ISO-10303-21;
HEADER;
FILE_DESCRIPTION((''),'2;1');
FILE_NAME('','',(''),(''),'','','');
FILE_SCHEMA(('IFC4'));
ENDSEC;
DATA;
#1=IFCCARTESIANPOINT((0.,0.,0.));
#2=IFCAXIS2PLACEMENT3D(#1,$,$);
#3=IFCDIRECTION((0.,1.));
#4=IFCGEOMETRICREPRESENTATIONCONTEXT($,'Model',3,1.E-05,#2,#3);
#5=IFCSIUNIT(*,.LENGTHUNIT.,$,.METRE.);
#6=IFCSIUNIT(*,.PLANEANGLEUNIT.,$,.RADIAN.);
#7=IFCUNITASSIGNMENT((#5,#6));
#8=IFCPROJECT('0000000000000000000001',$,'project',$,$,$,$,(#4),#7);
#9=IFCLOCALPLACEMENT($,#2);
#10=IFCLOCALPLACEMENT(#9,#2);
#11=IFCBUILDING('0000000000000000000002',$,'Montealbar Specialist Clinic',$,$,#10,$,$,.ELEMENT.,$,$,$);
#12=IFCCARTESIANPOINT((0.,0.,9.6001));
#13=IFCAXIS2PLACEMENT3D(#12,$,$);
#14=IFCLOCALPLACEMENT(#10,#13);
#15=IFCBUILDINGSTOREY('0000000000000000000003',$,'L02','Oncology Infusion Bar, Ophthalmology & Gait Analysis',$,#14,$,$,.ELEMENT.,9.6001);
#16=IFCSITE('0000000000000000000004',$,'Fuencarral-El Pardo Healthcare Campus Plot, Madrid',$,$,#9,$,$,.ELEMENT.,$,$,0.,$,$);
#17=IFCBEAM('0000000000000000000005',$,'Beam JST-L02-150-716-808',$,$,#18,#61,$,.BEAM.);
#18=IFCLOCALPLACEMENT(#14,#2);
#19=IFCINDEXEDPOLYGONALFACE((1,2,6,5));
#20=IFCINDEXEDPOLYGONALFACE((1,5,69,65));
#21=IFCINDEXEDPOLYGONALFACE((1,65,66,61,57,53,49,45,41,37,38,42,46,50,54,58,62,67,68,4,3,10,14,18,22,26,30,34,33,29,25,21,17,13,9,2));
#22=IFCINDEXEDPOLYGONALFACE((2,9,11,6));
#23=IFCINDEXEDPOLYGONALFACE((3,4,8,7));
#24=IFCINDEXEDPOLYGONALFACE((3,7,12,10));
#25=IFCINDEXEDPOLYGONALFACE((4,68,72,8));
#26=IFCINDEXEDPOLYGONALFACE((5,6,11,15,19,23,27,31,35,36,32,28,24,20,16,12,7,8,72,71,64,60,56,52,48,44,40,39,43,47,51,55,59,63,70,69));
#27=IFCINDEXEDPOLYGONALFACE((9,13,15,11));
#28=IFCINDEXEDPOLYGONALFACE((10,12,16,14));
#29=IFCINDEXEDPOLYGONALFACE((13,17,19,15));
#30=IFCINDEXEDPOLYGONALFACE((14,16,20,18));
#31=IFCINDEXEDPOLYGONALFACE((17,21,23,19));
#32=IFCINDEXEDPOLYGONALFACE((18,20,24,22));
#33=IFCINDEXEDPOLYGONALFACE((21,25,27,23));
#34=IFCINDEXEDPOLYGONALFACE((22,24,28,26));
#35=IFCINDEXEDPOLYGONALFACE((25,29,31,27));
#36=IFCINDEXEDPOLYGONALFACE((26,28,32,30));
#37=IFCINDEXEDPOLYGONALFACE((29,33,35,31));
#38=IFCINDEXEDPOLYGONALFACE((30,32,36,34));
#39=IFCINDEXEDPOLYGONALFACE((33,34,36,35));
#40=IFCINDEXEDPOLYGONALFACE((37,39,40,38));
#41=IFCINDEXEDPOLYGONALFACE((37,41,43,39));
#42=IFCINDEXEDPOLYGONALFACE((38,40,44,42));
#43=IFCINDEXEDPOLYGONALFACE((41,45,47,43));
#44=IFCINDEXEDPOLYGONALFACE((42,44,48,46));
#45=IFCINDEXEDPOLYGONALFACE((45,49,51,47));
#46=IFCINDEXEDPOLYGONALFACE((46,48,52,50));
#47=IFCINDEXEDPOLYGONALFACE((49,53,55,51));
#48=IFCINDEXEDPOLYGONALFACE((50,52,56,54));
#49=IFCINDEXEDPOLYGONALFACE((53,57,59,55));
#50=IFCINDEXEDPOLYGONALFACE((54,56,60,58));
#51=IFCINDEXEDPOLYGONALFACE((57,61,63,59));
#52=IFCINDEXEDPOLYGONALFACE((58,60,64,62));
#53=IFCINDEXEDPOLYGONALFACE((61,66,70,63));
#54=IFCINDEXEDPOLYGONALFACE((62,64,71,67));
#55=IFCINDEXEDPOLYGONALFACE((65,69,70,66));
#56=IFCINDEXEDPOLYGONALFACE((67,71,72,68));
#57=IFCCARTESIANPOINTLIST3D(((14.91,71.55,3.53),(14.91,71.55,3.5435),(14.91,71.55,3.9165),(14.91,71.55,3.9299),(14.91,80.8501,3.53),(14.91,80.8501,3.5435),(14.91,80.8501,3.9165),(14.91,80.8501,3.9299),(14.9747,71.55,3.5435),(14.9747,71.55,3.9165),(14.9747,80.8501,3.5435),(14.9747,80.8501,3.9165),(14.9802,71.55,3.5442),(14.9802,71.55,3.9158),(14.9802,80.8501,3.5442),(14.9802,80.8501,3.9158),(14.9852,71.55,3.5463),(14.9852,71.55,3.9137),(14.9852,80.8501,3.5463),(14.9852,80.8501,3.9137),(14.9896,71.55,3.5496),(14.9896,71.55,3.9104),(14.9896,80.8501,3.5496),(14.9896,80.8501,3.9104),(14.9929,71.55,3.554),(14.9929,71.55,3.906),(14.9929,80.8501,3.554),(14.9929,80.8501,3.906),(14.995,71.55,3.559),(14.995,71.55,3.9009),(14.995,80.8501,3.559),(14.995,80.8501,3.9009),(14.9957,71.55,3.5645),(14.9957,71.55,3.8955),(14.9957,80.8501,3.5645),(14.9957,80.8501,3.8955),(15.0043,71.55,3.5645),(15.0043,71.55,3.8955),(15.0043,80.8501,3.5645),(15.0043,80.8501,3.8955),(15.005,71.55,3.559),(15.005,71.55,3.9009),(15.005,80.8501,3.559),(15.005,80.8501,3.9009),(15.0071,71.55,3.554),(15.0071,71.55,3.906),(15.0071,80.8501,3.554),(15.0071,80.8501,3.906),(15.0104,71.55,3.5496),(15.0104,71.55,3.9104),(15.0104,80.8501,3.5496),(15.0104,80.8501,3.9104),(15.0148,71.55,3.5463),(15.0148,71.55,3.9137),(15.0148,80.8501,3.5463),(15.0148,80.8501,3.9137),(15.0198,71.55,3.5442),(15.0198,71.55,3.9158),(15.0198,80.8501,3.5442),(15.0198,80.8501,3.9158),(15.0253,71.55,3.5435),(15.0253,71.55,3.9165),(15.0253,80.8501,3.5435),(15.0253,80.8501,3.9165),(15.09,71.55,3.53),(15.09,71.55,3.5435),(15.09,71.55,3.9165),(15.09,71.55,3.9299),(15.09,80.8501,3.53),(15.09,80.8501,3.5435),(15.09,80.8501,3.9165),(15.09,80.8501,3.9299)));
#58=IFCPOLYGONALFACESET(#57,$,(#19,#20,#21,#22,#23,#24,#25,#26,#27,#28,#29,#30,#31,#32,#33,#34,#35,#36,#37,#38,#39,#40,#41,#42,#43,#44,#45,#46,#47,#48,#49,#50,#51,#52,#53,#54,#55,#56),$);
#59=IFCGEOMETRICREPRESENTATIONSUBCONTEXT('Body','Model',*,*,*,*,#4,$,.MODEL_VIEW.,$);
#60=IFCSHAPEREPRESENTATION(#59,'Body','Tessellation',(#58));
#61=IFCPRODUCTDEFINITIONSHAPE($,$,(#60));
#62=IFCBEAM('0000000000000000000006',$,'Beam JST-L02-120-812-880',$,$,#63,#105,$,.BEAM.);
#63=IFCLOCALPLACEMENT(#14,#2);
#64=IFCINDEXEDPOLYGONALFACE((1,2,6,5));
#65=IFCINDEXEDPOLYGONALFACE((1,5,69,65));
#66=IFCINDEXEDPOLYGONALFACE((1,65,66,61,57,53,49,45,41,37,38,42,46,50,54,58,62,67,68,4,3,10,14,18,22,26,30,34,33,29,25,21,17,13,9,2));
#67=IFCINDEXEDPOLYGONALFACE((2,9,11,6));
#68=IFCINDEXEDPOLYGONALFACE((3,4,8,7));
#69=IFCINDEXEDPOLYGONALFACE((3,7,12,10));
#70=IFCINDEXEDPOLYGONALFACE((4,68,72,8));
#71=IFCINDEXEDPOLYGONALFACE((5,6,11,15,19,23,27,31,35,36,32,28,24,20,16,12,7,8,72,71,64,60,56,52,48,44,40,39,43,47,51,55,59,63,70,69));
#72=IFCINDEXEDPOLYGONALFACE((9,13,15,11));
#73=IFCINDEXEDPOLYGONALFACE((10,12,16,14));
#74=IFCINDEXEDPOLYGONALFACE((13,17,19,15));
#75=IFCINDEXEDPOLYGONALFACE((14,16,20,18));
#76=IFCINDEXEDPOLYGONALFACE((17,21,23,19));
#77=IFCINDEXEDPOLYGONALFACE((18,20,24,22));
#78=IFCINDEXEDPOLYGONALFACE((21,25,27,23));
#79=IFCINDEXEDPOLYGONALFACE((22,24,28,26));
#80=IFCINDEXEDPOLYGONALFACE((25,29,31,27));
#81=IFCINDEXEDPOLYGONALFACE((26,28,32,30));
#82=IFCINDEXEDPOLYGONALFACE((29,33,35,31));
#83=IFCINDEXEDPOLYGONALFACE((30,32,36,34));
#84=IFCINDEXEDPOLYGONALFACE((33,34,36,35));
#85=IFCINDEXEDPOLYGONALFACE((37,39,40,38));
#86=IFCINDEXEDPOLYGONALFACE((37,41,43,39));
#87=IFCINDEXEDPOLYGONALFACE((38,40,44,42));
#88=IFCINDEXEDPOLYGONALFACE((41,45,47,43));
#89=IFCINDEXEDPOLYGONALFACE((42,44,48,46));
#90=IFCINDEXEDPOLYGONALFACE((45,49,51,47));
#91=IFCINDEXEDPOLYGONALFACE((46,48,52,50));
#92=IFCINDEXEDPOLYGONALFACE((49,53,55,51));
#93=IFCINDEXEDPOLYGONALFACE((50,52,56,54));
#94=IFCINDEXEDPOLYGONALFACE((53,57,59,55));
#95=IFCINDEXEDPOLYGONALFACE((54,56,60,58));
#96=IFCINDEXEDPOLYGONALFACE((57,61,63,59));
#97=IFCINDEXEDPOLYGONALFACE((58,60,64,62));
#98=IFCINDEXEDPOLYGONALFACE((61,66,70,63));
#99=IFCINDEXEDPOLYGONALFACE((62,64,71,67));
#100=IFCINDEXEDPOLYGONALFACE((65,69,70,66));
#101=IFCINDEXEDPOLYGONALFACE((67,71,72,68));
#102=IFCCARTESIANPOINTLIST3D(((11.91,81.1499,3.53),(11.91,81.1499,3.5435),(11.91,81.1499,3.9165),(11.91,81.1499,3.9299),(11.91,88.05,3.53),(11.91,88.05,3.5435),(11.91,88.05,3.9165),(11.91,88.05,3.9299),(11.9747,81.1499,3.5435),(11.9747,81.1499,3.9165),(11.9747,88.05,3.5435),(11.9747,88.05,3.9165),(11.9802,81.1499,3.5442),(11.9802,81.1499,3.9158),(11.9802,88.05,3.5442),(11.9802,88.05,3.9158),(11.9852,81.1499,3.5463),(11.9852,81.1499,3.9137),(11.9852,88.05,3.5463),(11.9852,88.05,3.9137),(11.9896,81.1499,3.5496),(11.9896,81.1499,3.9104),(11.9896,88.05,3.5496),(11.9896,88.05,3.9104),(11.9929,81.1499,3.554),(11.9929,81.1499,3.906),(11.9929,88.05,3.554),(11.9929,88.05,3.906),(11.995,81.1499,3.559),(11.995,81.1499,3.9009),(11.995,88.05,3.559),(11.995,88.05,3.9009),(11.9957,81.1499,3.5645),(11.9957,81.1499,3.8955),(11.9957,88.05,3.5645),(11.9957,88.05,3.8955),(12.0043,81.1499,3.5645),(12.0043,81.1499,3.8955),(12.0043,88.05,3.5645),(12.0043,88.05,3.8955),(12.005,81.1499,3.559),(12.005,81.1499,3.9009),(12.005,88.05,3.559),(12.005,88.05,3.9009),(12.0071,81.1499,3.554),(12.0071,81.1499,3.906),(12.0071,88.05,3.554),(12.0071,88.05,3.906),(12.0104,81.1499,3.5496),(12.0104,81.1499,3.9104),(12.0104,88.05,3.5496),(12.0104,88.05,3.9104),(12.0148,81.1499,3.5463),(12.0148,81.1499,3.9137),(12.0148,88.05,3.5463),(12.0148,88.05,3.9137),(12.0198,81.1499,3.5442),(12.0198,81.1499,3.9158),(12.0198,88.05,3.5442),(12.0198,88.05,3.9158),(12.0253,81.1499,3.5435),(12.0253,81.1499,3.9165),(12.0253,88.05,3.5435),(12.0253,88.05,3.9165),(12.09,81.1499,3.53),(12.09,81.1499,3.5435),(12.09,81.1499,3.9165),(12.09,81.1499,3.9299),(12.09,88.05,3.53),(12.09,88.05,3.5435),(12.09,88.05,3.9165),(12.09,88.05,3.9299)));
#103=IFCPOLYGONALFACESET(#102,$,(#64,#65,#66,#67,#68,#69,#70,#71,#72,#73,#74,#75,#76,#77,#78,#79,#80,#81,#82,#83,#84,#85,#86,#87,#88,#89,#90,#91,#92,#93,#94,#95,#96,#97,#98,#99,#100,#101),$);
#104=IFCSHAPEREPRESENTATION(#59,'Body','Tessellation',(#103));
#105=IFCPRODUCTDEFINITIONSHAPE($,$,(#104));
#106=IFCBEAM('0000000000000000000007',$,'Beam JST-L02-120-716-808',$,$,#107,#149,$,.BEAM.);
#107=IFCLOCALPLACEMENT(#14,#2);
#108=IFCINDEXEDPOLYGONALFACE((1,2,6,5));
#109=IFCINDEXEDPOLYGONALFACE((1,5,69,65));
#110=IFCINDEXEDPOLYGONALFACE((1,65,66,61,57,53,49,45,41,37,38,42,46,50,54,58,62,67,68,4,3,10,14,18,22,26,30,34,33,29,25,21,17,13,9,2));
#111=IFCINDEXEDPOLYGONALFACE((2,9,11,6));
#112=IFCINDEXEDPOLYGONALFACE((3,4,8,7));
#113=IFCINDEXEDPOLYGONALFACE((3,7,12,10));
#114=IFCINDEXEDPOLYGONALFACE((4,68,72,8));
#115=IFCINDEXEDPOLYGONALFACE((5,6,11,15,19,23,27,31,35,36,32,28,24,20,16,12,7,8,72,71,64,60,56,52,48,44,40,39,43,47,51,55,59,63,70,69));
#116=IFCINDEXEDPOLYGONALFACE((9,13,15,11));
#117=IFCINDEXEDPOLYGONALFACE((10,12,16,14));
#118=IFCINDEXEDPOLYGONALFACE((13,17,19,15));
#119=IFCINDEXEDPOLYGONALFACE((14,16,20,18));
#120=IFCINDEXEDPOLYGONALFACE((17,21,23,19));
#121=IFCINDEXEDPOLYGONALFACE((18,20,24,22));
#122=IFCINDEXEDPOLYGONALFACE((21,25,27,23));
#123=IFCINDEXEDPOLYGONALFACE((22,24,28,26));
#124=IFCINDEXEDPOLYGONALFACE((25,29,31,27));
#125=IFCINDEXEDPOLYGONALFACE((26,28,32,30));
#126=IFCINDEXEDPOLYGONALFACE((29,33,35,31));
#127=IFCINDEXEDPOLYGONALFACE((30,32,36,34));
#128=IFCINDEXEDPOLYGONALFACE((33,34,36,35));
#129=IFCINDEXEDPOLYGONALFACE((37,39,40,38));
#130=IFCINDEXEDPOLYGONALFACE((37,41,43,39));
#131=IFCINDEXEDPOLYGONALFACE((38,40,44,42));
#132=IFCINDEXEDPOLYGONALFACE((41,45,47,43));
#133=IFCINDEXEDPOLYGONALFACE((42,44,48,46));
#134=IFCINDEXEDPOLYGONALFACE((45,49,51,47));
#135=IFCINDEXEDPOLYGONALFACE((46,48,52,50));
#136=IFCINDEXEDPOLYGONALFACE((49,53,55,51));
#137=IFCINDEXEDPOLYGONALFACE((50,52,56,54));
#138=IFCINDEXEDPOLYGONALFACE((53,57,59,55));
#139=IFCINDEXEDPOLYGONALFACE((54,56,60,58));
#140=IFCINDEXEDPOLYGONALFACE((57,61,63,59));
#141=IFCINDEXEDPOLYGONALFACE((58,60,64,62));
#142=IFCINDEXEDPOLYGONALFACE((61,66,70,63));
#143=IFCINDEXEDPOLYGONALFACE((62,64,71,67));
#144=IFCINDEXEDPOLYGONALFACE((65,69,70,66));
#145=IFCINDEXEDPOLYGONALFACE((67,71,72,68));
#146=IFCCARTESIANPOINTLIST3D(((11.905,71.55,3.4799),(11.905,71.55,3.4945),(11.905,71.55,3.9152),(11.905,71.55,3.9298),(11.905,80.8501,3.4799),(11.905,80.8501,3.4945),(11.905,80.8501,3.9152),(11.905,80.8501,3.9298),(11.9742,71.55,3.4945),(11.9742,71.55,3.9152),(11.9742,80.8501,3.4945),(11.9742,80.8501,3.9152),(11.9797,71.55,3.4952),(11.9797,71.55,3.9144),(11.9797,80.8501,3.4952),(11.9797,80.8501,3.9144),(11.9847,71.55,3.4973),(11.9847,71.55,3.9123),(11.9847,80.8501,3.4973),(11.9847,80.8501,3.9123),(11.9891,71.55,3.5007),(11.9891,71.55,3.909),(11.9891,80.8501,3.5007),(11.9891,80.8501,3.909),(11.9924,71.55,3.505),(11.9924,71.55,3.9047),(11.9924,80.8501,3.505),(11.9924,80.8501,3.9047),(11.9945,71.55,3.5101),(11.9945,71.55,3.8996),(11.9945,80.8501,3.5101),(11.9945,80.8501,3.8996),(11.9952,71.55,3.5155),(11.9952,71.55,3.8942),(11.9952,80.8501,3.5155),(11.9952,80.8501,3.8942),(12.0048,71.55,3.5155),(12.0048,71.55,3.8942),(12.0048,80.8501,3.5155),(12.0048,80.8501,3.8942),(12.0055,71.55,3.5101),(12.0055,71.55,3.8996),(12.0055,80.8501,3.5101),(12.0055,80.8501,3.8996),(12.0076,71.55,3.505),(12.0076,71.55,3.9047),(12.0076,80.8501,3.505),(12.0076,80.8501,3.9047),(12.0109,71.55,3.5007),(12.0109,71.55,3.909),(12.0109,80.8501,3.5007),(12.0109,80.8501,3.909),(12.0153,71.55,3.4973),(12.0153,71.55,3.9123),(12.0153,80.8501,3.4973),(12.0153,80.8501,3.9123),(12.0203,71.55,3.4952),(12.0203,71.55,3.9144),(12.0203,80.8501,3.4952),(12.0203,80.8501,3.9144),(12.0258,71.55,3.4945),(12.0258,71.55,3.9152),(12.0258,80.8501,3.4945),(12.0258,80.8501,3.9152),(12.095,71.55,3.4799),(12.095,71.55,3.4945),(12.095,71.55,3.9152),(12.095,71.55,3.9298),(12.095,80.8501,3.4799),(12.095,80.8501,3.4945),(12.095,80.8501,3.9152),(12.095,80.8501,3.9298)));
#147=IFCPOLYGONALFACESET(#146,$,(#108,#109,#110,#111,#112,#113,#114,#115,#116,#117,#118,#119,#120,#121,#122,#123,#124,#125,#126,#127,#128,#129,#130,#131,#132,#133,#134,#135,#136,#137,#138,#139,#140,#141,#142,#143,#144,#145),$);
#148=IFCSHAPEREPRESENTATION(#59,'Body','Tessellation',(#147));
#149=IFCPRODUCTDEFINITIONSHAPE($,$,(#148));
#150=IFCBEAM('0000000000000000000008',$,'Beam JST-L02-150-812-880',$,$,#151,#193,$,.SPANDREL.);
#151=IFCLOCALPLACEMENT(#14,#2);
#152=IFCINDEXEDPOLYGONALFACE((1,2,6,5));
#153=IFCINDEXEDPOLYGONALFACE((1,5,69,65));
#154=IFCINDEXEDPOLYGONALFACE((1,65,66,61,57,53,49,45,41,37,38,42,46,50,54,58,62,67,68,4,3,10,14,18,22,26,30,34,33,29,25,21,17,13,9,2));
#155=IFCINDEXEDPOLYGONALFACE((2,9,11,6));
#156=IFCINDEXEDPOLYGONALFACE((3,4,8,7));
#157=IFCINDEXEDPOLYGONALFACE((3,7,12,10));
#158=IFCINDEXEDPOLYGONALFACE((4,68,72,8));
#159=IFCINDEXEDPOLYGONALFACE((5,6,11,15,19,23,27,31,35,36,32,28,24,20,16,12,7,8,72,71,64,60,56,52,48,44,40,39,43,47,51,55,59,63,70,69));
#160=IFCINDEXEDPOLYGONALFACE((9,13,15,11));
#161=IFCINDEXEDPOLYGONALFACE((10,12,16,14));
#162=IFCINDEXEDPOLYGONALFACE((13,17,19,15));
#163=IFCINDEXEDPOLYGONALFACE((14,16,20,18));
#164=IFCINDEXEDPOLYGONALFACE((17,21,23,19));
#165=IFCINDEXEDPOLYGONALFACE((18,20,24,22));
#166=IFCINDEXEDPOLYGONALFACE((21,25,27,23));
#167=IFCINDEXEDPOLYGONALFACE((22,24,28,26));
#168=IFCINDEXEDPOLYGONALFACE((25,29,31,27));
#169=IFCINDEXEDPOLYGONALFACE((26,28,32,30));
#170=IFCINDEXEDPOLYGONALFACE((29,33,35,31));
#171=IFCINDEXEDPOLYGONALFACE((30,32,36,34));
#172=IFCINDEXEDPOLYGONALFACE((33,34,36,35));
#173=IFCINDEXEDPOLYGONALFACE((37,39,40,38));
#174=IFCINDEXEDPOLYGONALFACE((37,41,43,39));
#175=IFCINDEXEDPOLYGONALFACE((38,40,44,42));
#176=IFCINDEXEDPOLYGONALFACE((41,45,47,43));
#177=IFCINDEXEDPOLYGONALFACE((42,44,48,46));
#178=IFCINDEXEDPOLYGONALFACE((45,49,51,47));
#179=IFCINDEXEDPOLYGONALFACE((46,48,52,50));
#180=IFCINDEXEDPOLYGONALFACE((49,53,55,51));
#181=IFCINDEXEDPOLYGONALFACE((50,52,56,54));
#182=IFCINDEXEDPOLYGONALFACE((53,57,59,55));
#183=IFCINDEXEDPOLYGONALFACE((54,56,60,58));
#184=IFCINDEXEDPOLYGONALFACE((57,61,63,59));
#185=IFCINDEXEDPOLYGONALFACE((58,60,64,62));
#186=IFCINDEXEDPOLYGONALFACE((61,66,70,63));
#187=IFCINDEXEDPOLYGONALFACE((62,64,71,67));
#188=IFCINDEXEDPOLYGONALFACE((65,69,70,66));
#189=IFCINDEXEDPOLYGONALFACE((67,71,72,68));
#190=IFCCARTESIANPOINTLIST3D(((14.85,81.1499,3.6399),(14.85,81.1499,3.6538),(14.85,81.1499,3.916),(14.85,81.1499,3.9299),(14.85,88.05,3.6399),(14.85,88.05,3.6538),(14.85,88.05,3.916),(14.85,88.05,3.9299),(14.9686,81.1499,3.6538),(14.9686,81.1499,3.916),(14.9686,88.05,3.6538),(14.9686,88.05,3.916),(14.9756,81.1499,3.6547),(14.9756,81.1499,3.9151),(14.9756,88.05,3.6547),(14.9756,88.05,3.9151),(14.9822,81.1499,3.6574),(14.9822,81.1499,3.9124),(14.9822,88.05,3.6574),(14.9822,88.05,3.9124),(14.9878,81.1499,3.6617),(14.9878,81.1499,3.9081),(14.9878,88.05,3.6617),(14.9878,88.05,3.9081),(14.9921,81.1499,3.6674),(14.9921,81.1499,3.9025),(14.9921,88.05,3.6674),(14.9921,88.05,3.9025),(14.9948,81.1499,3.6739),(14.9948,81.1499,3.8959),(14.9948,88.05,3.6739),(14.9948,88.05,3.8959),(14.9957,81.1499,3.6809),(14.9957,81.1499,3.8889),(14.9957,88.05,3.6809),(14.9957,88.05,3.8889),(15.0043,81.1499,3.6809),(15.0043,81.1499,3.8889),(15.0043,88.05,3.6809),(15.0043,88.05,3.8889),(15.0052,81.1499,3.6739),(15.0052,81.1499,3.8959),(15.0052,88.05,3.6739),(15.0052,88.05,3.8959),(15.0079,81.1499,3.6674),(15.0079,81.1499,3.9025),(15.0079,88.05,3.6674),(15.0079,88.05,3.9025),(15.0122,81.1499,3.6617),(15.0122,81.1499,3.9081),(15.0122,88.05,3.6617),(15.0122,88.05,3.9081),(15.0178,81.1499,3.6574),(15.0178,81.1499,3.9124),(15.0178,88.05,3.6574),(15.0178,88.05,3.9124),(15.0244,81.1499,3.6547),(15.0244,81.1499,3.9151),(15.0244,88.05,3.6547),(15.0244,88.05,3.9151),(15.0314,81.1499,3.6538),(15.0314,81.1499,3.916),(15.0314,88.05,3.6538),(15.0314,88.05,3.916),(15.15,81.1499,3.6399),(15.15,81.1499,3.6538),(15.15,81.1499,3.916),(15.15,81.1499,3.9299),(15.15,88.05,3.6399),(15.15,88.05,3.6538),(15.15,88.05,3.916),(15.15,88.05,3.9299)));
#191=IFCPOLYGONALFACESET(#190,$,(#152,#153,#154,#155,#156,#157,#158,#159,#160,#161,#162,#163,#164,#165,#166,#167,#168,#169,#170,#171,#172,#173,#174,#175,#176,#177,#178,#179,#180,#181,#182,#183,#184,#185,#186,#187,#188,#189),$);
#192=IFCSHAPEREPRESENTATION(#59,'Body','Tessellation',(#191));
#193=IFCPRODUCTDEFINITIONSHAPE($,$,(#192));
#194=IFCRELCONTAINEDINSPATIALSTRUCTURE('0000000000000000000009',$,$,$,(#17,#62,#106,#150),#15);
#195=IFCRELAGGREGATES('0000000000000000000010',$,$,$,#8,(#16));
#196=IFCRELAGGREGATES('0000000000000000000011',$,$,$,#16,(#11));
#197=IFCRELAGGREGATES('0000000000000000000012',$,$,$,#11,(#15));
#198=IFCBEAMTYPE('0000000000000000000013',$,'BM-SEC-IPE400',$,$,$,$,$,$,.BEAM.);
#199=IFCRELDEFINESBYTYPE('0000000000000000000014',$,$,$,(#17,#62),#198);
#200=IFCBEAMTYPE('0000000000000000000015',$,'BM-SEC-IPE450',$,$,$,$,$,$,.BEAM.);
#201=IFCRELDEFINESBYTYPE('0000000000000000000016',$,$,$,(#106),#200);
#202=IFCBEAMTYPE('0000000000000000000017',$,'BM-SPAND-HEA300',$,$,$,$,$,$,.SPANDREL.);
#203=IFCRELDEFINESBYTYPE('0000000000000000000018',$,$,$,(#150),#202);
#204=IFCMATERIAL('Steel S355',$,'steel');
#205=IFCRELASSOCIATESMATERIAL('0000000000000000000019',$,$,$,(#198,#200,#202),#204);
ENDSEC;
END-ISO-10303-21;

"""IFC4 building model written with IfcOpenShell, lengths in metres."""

from ifc_helpers import new_model, si_unit, direction, frame, origin, origin_2d, place, context, subcontext, project, spatial, i_section, extrude, material, material_profile, profile_set, type_object, element, save


model = new_model("IFC4")

# Units and contexts
model_context = context("Model", 3, precision=1e-05, world=origin(), true_north=direction((0.0, 1.0)))
body_context = subcontext(model_context, "Body", "Model", "MODEL_VIEW")
ifc_project = project(units=[si_unit("LENGTHUNIT", "METRE"), si_unit("PLANEANGLEUNIT", "RADIAN")], contexts=[model_context])

# Site, building, storey
site_placement = place(None, origin())
site = spatial("IfcSite", under=ifc_project, at=site_placement, Name="Fuencarral-El Pardo Healthcare Campus Plot, Madrid", CompositionType="ELEMENT", RefElevation=0.0)
building_placement = place(site_placement, origin())
building = spatial("IfcBuilding", under=site, at=building_placement, Name="Montealbar Specialist Clinic", CompositionType="ELEMENT")
storey_placement = place(building_placement, frame((0.0, 0.0, 9.6001)))
storey = spatial("IfcBuildingStorey", under=building, at=storey_placement, Name="L02", Description="Oncology Infusion Bar, Ophthalmology & Gait Analysis", CompositionType="ELEMENT", Elevation=9.6001)

# Shared definitions
ifc_material_1 = material(Name="Steel S355", Category="steel")

# Beams
ifc_material_profile_1 = material_profile(ifc_material_1, i_section(OverallWidth=0.1799, OverallDepth=0.3999, WebThickness=0.0085, FlangeThickness=0.0134, FilletRadius=0.021, at=origin_2d()), Name="IPE 400", Category="steel")
ifc_profile_set_1 = profile_set([ifc_material_profile_1], Name="Steel S355")
beam_type_1 = type_object("IfcBeamType", Name="BM-SEC-IPE400", PredefinedType="BEAM", material=ifc_profile_set_1)
beam_1_placement = place(storey_placement, frame((15.0, 71.55, 3.73), z_axis=(0.0, 1.0, 0.0), x_axis=(-1.0, 0.0, 0.0)))
element("IfcBeam", 1, at=beam_1_placement, inside=storey, type_object=beam_type_1, Name="Beam JST-L02-150-716-808", PredefinedType="BEAM", context=body_context, shape_type="SweptSolid", body=[
    extrude(i_section(OverallWidth=0.1799, OverallDepth=0.3999, WebThickness=0.0085, FlangeThickness=0.0134, FilletRadius=0.021, at=origin_2d()), origin(), (0.0, 0.0, 1.0), 9.3),
])
beam_2_placement = place(storey_placement, frame((12.0, 81.1499, 3.73), z_axis=(0.0, 1.0, 0.0), x_axis=(-1.0, 0.0, 0.0)))
element("IfcBeam", 2, at=beam_2_placement, inside=storey, type_object=beam_type_1, Name="Beam JST-L02-120-812-880", PredefinedType="BEAM", context=body_context, shape_type="SweptSolid", body=[
    extrude(i_section(OverallWidth=0.1799, OverallDepth=0.3999, WebThickness=0.0085, FlangeThickness=0.0134, FilletRadius=0.021, at=origin_2d()), origin(), (0.0, 0.0, 1.0), 6.9001),
])
ifc_material_profile_2 = material_profile(ifc_material_1, i_section(OverallWidth=0.1899, OverallDepth=0.45, WebThickness=0.0095, FlangeThickness=0.0146, FilletRadius=0.021, at=origin_2d()), Name="IPE 450", Category="steel")
ifc_profile_set_2 = profile_set([ifc_material_profile_2], Name="Steel S355")
beam_type_2 = type_object("IfcBeamType", Name="BM-SEC-IPE450", PredefinedType="BEAM", material=ifc_profile_set_2)
beam_3_placement = place(storey_placement, frame((12.0, 71.55, 3.7048), z_axis=(0.0, 1.0, 0.0), x_axis=(-1.0, 0.0, 0.0)))
element("IfcBeam", 3, at=beam_3_placement, inside=storey, type_object=beam_type_2, Name="Beam JST-L02-120-716-808", PredefinedType="BEAM", context=body_context, shape_type="SweptSolid", body=[
    extrude(i_section(OverallWidth=0.1899, OverallDepth=0.45, WebThickness=0.0095, FlangeThickness=0.0146, FilletRadius=0.021, at=origin_2d()), origin(), (0.0, 0.0, 1.0), 9.3),
])
ifc_material_profile_3 = material_profile(ifc_material_1, i_section(OverallWidth=0.3, OverallDepth=0.29, WebThickness=0.0085, FlangeThickness=0.0139, FilletRadius=0.0271, at=origin_2d()), Name="HEA 300", Category="steel")
ifc_profile_set_3 = profile_set([ifc_material_profile_3], Name="Steel S355")
beam_type_3 = type_object("IfcBeamType", Name="BM-SPAND-HEA300", PredefinedType="SPANDREL", material=ifc_profile_set_3)
beam_4_placement = place(storey_placement, frame((15.0, 81.1499, 3.7849), z_axis=(0.0, 1.0, 0.0), x_axis=(-1.0, 0.0, 0.0)))
element("IfcBeam", 4, at=beam_4_placement, inside=storey, type_object=beam_type_3, Name="Beam JST-L02-150-812-880", PredefinedType="SPANDREL", context=body_context, shape_type="SweptSolid", body=[
    extrude(i_section(OverallWidth=0.3, OverallDepth=0.29, WebThickness=0.0085, FlangeThickness=0.0139, FilletRadius=0.0271, at=origin_2d()), origin(), (0.0, 0.0, 1.0), 6.9001),
])

save(model, "model.ifc")
